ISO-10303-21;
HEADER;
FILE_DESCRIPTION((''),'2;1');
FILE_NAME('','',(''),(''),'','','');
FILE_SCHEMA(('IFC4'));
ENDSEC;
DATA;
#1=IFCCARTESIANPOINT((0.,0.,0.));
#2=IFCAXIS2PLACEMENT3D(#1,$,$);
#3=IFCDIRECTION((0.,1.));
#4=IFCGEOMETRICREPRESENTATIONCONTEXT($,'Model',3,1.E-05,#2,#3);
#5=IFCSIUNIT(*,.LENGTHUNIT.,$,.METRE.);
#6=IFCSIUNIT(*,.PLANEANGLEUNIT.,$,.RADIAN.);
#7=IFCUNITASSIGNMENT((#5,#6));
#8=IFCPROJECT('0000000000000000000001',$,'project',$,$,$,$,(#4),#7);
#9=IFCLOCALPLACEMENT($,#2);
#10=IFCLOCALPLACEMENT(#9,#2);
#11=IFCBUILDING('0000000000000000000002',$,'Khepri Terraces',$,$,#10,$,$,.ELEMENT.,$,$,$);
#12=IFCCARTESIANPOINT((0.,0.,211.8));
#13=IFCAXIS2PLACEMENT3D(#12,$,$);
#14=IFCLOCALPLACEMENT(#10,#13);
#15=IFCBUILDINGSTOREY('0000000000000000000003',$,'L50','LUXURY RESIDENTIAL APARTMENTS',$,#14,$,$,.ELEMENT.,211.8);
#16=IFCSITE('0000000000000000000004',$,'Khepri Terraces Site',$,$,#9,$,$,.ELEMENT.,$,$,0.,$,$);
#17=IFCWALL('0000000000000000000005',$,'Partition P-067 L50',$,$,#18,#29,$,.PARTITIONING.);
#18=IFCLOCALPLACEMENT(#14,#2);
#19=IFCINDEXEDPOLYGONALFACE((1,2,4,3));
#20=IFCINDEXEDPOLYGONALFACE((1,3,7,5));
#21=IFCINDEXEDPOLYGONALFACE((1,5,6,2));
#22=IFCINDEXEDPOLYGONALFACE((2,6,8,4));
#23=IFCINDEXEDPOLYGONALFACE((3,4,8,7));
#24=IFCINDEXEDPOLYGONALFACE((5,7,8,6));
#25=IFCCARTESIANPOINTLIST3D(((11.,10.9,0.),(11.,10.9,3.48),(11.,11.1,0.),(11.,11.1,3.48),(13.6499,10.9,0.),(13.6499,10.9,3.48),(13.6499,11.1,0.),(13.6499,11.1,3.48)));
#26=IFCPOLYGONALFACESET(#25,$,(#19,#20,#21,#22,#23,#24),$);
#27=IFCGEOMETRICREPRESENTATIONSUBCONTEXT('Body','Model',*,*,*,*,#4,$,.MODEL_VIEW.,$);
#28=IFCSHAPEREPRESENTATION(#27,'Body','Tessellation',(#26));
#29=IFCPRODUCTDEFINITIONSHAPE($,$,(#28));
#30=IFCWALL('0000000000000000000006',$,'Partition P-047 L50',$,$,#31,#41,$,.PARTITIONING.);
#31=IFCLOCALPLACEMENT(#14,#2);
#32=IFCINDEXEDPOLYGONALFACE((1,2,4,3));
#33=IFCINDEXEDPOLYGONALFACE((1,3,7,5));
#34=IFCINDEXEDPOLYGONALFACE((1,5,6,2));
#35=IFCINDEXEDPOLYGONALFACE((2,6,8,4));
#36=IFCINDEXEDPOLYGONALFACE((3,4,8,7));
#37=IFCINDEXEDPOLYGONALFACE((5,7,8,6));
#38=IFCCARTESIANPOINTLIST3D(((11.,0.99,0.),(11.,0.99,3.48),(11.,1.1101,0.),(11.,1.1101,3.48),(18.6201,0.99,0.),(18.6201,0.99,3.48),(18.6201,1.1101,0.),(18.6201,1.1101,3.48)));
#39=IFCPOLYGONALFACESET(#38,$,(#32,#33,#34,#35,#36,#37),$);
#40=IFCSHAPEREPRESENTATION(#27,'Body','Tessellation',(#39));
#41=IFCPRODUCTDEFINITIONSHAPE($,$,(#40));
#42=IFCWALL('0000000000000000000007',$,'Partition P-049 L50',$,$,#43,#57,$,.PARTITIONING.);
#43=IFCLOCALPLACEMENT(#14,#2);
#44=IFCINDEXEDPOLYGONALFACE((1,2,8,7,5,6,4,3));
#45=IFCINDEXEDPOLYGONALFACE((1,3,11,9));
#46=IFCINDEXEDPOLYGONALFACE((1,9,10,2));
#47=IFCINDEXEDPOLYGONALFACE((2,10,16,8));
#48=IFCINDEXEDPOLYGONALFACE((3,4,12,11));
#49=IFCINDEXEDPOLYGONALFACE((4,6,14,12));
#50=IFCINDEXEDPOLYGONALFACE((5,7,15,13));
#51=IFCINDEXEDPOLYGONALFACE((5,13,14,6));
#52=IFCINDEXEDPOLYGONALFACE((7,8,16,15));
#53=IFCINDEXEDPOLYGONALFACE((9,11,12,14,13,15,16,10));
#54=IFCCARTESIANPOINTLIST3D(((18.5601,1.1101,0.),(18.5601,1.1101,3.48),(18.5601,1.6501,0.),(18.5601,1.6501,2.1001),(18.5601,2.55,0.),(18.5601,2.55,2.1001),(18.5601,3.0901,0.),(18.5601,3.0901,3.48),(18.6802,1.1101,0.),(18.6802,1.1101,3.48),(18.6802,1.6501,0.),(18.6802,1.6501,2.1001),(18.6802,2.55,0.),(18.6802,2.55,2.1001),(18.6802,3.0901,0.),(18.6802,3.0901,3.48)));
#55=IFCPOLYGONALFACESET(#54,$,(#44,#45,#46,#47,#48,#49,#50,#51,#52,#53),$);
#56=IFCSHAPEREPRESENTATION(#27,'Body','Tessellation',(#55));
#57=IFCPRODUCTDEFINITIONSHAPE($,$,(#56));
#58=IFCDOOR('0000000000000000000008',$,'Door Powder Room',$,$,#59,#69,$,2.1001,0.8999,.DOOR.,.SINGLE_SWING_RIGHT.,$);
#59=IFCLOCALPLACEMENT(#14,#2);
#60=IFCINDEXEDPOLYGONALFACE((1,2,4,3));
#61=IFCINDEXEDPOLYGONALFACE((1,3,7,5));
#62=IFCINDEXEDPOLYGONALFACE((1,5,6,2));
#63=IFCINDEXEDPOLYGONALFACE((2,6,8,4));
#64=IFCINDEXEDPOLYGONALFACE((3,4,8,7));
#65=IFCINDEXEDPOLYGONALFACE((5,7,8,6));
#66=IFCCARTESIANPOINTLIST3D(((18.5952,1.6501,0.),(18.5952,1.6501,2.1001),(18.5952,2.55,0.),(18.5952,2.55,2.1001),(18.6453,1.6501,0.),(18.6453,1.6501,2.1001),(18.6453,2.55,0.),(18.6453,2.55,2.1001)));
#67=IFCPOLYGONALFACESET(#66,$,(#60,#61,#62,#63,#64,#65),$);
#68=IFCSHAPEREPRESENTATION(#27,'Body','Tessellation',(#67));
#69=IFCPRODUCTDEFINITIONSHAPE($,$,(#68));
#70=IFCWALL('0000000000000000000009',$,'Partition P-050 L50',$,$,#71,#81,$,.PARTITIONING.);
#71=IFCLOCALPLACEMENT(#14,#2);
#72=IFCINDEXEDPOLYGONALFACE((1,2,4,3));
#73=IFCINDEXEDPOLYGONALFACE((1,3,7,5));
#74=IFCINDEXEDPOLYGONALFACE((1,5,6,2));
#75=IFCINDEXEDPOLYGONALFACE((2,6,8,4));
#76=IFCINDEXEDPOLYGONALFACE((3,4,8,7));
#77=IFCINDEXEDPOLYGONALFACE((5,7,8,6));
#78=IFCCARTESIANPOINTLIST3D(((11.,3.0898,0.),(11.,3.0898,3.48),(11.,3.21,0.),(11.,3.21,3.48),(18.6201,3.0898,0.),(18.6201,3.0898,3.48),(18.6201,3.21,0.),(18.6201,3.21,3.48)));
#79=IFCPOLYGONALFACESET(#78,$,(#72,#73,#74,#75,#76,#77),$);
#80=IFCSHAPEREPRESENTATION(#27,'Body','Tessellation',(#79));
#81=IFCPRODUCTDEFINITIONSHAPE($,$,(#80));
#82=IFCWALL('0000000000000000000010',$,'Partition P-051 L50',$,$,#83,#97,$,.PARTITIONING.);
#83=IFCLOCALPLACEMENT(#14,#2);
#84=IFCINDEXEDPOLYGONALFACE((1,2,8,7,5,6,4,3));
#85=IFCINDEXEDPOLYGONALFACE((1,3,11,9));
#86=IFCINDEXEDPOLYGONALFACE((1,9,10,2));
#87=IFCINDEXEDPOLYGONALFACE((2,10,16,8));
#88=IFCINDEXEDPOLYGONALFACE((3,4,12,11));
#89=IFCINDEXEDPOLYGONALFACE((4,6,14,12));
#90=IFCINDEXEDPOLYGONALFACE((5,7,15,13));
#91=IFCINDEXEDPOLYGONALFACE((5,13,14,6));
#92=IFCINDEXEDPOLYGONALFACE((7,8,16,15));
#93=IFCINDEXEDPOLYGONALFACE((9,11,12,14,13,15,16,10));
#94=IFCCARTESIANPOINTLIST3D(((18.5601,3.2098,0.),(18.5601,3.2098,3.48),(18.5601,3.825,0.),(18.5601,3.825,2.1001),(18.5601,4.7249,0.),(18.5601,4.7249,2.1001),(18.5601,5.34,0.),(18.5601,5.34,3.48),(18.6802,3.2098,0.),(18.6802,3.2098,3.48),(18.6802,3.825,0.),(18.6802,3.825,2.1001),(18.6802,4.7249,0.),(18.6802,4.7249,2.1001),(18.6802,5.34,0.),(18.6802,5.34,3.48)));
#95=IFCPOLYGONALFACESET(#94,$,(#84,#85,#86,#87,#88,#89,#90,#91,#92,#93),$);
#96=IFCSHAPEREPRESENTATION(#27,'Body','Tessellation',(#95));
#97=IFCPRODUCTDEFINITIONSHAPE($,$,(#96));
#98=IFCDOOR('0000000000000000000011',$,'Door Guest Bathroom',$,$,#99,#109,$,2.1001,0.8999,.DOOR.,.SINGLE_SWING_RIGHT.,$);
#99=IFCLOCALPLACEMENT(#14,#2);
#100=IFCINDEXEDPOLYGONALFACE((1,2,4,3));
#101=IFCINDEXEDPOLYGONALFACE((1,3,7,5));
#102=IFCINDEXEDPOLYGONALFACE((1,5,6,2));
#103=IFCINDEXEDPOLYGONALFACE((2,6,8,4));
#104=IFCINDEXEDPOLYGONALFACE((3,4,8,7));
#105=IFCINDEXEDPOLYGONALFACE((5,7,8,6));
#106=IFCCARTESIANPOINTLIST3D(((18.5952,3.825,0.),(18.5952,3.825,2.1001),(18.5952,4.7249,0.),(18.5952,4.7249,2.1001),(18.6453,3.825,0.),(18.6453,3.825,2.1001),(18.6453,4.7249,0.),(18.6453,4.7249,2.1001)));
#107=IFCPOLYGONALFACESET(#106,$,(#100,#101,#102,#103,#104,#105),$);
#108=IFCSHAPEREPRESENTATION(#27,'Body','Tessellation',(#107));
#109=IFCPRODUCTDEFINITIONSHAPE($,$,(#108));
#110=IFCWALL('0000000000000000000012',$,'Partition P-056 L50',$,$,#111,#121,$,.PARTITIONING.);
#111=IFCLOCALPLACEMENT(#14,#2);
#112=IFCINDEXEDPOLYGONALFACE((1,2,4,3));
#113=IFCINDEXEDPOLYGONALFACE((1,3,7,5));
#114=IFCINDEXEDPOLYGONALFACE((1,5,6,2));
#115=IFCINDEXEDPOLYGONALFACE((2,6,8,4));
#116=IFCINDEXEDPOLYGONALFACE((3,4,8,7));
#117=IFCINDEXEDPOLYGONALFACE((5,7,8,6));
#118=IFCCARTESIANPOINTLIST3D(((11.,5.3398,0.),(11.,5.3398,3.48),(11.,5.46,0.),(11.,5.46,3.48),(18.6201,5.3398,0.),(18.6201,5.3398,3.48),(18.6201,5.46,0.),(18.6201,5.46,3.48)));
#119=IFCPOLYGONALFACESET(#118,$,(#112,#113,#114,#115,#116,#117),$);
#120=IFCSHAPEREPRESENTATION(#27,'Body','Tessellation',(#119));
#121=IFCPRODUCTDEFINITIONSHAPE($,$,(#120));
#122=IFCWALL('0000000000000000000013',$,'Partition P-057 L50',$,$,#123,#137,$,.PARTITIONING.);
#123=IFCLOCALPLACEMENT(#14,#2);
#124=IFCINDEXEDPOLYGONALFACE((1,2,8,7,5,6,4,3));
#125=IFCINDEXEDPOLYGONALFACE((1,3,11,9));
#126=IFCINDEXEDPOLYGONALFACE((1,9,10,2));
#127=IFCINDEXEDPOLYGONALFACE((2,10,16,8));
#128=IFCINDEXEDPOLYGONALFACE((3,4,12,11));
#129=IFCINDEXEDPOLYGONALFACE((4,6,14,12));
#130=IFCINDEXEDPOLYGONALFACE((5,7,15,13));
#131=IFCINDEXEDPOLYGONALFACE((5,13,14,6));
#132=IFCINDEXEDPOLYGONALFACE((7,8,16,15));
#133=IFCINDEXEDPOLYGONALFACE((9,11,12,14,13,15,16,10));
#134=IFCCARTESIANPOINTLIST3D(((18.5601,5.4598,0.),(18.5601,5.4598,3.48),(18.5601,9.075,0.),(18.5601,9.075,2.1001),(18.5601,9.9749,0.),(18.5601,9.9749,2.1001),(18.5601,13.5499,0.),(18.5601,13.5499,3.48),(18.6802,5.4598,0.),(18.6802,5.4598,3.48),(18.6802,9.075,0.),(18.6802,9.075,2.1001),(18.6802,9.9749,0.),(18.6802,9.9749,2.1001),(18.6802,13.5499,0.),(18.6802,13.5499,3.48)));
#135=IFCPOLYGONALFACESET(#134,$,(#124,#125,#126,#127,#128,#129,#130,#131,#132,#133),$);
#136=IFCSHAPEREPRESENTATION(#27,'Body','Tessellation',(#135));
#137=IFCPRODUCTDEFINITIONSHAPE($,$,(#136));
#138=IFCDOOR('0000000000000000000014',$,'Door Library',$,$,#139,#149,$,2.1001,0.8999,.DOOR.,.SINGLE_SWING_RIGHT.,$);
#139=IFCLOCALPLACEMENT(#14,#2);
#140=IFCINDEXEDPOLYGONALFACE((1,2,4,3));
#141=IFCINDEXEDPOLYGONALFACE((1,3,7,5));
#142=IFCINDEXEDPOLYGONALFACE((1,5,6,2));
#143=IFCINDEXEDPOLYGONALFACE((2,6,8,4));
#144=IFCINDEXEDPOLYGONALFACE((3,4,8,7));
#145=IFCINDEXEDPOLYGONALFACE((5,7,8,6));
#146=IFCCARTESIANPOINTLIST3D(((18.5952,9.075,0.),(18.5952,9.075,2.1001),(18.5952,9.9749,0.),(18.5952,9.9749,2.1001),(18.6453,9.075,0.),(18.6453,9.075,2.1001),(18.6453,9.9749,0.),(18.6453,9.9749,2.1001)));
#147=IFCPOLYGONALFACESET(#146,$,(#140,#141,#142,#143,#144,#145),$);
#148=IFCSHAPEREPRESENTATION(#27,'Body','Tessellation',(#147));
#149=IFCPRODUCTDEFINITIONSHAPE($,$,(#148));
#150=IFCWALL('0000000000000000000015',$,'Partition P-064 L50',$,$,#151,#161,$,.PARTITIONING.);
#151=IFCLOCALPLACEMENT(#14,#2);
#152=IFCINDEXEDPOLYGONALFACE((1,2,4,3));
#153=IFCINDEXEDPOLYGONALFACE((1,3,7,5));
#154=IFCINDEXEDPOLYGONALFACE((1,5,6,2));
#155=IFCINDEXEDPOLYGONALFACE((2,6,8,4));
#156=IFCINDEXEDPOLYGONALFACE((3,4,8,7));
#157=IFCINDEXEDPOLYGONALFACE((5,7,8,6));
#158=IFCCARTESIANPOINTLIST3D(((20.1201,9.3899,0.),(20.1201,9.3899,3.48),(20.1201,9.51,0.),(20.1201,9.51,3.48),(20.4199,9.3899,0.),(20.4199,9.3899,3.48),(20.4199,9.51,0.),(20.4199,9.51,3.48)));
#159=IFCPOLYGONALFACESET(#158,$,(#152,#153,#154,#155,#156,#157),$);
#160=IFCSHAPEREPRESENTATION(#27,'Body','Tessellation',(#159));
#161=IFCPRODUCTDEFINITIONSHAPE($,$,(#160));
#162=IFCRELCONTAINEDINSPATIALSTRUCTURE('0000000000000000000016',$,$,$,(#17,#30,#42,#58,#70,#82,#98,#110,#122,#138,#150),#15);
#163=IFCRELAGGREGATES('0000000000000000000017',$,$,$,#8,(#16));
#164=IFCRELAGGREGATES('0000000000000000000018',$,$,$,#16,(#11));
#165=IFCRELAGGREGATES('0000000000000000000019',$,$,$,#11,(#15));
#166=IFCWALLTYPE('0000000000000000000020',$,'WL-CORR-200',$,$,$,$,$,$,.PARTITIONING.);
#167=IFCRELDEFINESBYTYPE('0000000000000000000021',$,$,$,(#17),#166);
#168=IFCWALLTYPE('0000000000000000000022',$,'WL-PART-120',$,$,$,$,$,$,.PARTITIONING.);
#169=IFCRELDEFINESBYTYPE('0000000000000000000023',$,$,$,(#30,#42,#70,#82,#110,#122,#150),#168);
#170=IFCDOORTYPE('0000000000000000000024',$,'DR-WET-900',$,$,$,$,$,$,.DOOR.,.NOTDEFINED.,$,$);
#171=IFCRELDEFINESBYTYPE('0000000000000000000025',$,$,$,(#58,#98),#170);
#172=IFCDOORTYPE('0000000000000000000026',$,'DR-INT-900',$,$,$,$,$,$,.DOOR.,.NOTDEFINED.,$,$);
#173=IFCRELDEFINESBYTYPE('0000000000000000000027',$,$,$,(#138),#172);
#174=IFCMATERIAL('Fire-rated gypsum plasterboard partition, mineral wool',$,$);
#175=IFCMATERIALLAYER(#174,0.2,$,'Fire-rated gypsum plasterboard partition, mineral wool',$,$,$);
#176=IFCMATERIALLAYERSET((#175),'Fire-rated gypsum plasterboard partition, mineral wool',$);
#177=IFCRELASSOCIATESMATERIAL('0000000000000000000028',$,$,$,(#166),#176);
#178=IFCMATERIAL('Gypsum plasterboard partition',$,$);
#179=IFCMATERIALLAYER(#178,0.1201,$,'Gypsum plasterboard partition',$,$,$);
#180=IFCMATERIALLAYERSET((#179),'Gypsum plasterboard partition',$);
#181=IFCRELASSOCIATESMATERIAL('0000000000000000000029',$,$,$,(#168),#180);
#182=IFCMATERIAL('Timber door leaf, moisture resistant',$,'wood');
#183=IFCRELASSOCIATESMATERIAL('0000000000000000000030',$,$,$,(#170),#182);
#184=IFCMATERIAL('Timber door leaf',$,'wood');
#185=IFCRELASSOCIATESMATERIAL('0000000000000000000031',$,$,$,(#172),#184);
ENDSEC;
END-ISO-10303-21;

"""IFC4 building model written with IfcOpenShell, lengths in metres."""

from ifc_helpers import new_model, si_unit, direction, frame, frame_2d, origin, place, context, subcontext, project, spatial, rectangle, extrude, material, layer, layer_set, type_object, element, fill, save


model = new_model("IFC4")

# Units and contexts
model_context = context("Model", 3, precision=1e-05, world=origin(), true_north=direction((0.0, 1.0)))
body_context = subcontext(model_context, "Body", "Model", "MODEL_VIEW")
ifc_project = project(units=[si_unit("LENGTHUNIT", "METRE"), si_unit("PLANEANGLEUNIT", "RADIAN")], contexts=[model_context])

# Site, building, storey
site_placement = place(None, origin())
site = spatial("IfcSite", under=ifc_project, at=site_placement, Name="Khepri Terraces Site", CompositionType="ELEMENT", RefElevation=0.0)
building_placement = place(site_placement, origin())
building = spatial("IfcBuilding", under=site, at=building_placement, Name="Khepri Terraces", CompositionType="ELEMENT")
storey_placement = place(building_placement, frame((0.0, 0.0, 211.8)))
storey = spatial("IfcBuildingStorey", under=building, at=storey_placement, Name="L50", Description="LUXURY RESIDENTIAL APARTMENTS", CompositionType="ELEMENT", Elevation=211.8)

# Wall
ifc_material_1 = material(Name="Fire-rated gypsum plasterboard partition, mineral wool")
ifc_layer_1 = layer(ifc_material_1, 0.2, Name="Fire-rated gypsum plasterboard partition, mineral wool")
ifc_layer_set_1 = layer_set([ifc_layer_1], Name="Fire-rated gypsum plasterboard partition, mineral wool")
wall_type_1 = type_object("IfcWallType", Name="WL-CORR-200", PredefinedType="PARTITIONING", material=ifc_layer_set_1)
wall_1_placement = place(storey_placement, frame((11.0, 11.0, 0.0), z_axis=(0.0, 0.0, 1.0), x_axis=(1.0, 0.0, 0.0)))
element("IfcWall", 1, at=wall_1_placement, inside=storey, type_object=wall_type_1, Name="Partition P-067 L50", PredefinedType="PARTITIONING", context=body_context, shape_type="SweptSolid", body=[
    extrude(rectangle(XDim=2.6499, YDim=0.2, at=frame_2d((1.325, 0.0))), origin(), (0.0, 0.0, 1.0), 3.48),
])

# Wall
ifc_material_2 = material(Name="Gypsum plasterboard partition")
ifc_layer_2 = layer(ifc_material_2, 0.1201, Name="Gypsum plasterboard partition")
ifc_layer_set_2 = layer_set([ifc_layer_2], Name="Gypsum plasterboard partition")
wall_type_2 = type_object("IfcWallType", Name="WL-PART-120", PredefinedType="PARTITIONING", material=ifc_layer_set_2)
wall_2_placement = place(storey_placement, frame((11.0, 1.05, 0.0), z_axis=(0.0, 0.0, 1.0), x_axis=(1.0, 0.0, 0.0)))
element("IfcWall", 2, at=wall_2_placement, inside=storey, type_object=wall_type_2, Name="Partition P-047 L50", PredefinedType="PARTITIONING", context=body_context, shape_type="SweptSolid", body=[
    extrude(rectangle(XDim=7.6201, YDim=0.1201, at=frame_2d((3.8101, 0.0))), origin(), (0.0, 0.0, 1.0), 3.48),
])

# Wall, opening, door
wall_3_placement = place(storey_placement, frame((18.6201, 1.1101, 0.0), z_axis=(0.0, 0.0, 1.0), x_axis=(0.0, 1.0, 0.0)))
wall_3 = element("IfcWall", 3, at=wall_3_placement, inside=storey, type_object=wall_type_2, Name="Partition P-049 L50", PredefinedType="PARTITIONING", context=body_context, shape_type="SweptSolid", body=[
    extrude(rectangle(XDim=1.98, YDim=0.1201, at=frame_2d((0.99, 0.0))), origin(), (0.0, 0.0, 1.0), 3.48),
])
opening_1_placement = place(wall_3_placement, frame((0.54, 0.0, 0.0)))
opening_1 = element("IfcOpeningElement", 4, at=opening_1_placement, cuts=wall_3, PredefinedType="OPENING", context=body_context, shape_type="SweptSolid", body=[
    extrude(rectangle(XDim=0.8999, YDim=2.1001, at=frame_2d((0.45, 1.05))), frame((0.0, 0.0701, 0.0), z_axis=(0.0, -1.0, 0.0), x_axis=(1.0, 0.0, 0.0)), (0.0, 0.0, 1.0), 0.1401),
])
ifc_material_3 = material(Name="Timber door leaf, moisture resistant", Category="wood")
door_type_1 = type_object("IfcDoorType", Name="DR-WET-900", OperationType="NOTDEFINED", PredefinedType="DOOR", material=ifc_material_3)
door_1_placement = place(opening_1_placement, origin())
door_1 = element("IfcDoor", 5, at=door_1_placement, inside=storey, type_object=door_type_1, Name="Door Powder Room", OperationType="SINGLE_SWING_RIGHT", OverallHeight=2.1001, OverallWidth=0.8999, PredefinedType="DOOR", context=body_context, shape_type="SweptSolid", body=[
    extrude(rectangle(XDim=0.8999, YDim=2.1001, at=frame_2d((0.45, 1.05))), frame((0.0, 0.0249, 0.0), z_axis=(0.0, -1.0, 0.0), x_axis=(1.0, 0.0, 0.0)), (0.0, 0.0, 1.0), 0.05),
])
fill(opening_1, door_1)

# Wall
wall_4_placement = place(storey_placement, frame((11.0, 3.1499, 0.0), z_axis=(0.0, 0.0, 1.0), x_axis=(1.0, 0.0, 0.0)))
element("IfcWall", 6, at=wall_4_placement, inside=storey, type_object=wall_type_2, Name="Partition P-050 L50", PredefinedType="PARTITIONING", context=body_context, shape_type="SweptSolid", body=[
    extrude(rectangle(XDim=7.6201, YDim=0.1201, at=frame_2d((3.8101, 0.0))), origin(), (0.0, 0.0, 1.0), 3.48),
])

# Wall, opening, door
wall_5_placement = place(storey_placement, frame((18.6201, 3.21, 0.0), z_axis=(0.0, 0.0, 1.0), x_axis=(0.0, 1.0, 0.0)))
wall_5 = element("IfcWall", 7, at=wall_5_placement, inside=storey, type_object=wall_type_2, Name="Partition P-051 L50", PredefinedType="PARTITIONING", context=body_context, shape_type="SweptSolid", body=[
    extrude(rectangle(XDim=2.1301, YDim=0.1201, at=frame_2d((1.0649, 0.0))), origin(), (0.0, 0.0, 1.0), 3.48),
])
opening_2_placement = place(wall_5_placement, frame((0.615, 0.0, 0.0)))
opening_2 = element("IfcOpeningElement", 8, at=opening_2_placement, cuts=wall_5, PredefinedType="OPENING", context=body_context, shape_type="SweptSolid", body=[
    extrude(rectangle(XDim=0.8999, YDim=2.1001, at=frame_2d((0.45, 1.05))), frame((0.0, 0.0701, 0.0), z_axis=(0.0, -1.0, 0.0), x_axis=(1.0, 0.0, 0.0)), (0.0, 0.0, 1.0), 0.1401),
])
door_2_placement = place(opening_2_placement, origin())
door_2 = element("IfcDoor", 9, at=door_2_placement, inside=storey, type_object=door_type_1, Name="Door Guest Bathroom", OperationType="SINGLE_SWING_RIGHT", OverallHeight=2.1001, OverallWidth=0.8999, PredefinedType="DOOR", context=body_context, shape_type="SweptSolid", body=[
    extrude(rectangle(XDim=0.8999, YDim=2.1001, at=frame_2d((0.45, 1.05))), frame((0.0, 0.0249, 0.0), z_axis=(0.0, -1.0, 0.0), x_axis=(1.0, 0.0, 0.0)), (0.0, 0.0, 1.0), 0.05),
])
fill(opening_2, door_2)

# Wall
wall_6_placement = place(storey_placement, frame((11.0, 5.3999, 0.0), z_axis=(0.0, 0.0, 1.0), x_axis=(1.0, 0.0, 0.0)))
element("IfcWall", 10, at=wall_6_placement, inside=storey, type_object=wall_type_2, Name="Partition P-056 L50", PredefinedType="PARTITIONING", context=body_context, shape_type="SweptSolid", body=[
    extrude(rectangle(XDim=7.6201, YDim=0.1201, at=frame_2d((3.8101, 0.0))), origin(), (0.0, 0.0, 1.0), 3.48),
])

# Wall, opening, door
wall_7_placement = place(storey_placement, frame((18.6201, 5.46, 0.0), z_axis=(0.0, 0.0, 1.0), x_axis=(0.0, 1.0, 0.0)))
wall_7 = element("IfcWall", 11, at=wall_7_placement, inside=storey, type_object=wall_type_2, Name="Partition P-057 L50", PredefinedType="PARTITIONING", context=body_context, shape_type="SweptSolid", body=[
    extrude(rectangle(XDim=8.0901, YDim=0.1201, at=frame_2d((4.0449, 0.0))), origin(), (0.0, 0.0, 1.0), 3.48),
])
opening_3_placement = place(wall_7_placement, frame((3.615, 0.0, 0.0)))
opening_3 = element("IfcOpeningElement", 12, at=opening_3_placement, cuts=wall_7, PredefinedType="OPENING", context=body_context, shape_type="SweptSolid", body=[
    extrude(rectangle(XDim=0.8999, YDim=2.1001, at=frame_2d((0.45, 1.05))), frame((0.0, 0.0701, 0.0), z_axis=(0.0, -1.0, 0.0), x_axis=(1.0, 0.0, 0.0)), (0.0, 0.0, 1.0), 0.1401),
])
ifc_material_4 = material(Name="Timber door leaf", Category="wood")
door_type_2 = type_object("IfcDoorType", Name="DR-INT-900", OperationType="NOTDEFINED", PredefinedType="DOOR", material=ifc_material_4)
door_3_placement = place(opening_3_placement, origin())
door_3 = element("IfcDoor", 13, at=door_3_placement, inside=storey, type_object=door_type_2, Name="Door Library", OperationType="SINGLE_SWING_RIGHT", OverallHeight=2.1001, OverallWidth=0.8999, PredefinedType="DOOR", context=body_context, shape_type="SweptSolid", body=[
    extrude(rectangle(XDim=0.8999, YDim=2.1001, at=frame_2d((0.45, 1.05))), frame((0.0, 0.0249, 0.0), z_axis=(0.0, -1.0, 0.0), x_axis=(1.0, 0.0, 0.0)), (0.0, 0.0, 1.0), 0.05),
])
fill(opening_3, door_3)

# Wall
wall_8_placement = place(storey_placement, frame((20.1201, 9.45, 0.0), z_axis=(0.0, 0.0, 1.0), x_axis=(1.0, 0.0, 0.0)))
element("IfcWall", 14, at=wall_8_placement, inside=storey, type_object=wall_type_2, Name="Partition P-064 L50", PredefinedType="PARTITIONING", context=body_context, shape_type="SweptSolid", body=[
    extrude(rectangle(XDim=0.2998, YDim=0.1201, at=frame_2d((0.1499, 0.0))), origin(), (0.0, 0.0, 1.0), 3.48),
])

save(model, "model.ifc")
